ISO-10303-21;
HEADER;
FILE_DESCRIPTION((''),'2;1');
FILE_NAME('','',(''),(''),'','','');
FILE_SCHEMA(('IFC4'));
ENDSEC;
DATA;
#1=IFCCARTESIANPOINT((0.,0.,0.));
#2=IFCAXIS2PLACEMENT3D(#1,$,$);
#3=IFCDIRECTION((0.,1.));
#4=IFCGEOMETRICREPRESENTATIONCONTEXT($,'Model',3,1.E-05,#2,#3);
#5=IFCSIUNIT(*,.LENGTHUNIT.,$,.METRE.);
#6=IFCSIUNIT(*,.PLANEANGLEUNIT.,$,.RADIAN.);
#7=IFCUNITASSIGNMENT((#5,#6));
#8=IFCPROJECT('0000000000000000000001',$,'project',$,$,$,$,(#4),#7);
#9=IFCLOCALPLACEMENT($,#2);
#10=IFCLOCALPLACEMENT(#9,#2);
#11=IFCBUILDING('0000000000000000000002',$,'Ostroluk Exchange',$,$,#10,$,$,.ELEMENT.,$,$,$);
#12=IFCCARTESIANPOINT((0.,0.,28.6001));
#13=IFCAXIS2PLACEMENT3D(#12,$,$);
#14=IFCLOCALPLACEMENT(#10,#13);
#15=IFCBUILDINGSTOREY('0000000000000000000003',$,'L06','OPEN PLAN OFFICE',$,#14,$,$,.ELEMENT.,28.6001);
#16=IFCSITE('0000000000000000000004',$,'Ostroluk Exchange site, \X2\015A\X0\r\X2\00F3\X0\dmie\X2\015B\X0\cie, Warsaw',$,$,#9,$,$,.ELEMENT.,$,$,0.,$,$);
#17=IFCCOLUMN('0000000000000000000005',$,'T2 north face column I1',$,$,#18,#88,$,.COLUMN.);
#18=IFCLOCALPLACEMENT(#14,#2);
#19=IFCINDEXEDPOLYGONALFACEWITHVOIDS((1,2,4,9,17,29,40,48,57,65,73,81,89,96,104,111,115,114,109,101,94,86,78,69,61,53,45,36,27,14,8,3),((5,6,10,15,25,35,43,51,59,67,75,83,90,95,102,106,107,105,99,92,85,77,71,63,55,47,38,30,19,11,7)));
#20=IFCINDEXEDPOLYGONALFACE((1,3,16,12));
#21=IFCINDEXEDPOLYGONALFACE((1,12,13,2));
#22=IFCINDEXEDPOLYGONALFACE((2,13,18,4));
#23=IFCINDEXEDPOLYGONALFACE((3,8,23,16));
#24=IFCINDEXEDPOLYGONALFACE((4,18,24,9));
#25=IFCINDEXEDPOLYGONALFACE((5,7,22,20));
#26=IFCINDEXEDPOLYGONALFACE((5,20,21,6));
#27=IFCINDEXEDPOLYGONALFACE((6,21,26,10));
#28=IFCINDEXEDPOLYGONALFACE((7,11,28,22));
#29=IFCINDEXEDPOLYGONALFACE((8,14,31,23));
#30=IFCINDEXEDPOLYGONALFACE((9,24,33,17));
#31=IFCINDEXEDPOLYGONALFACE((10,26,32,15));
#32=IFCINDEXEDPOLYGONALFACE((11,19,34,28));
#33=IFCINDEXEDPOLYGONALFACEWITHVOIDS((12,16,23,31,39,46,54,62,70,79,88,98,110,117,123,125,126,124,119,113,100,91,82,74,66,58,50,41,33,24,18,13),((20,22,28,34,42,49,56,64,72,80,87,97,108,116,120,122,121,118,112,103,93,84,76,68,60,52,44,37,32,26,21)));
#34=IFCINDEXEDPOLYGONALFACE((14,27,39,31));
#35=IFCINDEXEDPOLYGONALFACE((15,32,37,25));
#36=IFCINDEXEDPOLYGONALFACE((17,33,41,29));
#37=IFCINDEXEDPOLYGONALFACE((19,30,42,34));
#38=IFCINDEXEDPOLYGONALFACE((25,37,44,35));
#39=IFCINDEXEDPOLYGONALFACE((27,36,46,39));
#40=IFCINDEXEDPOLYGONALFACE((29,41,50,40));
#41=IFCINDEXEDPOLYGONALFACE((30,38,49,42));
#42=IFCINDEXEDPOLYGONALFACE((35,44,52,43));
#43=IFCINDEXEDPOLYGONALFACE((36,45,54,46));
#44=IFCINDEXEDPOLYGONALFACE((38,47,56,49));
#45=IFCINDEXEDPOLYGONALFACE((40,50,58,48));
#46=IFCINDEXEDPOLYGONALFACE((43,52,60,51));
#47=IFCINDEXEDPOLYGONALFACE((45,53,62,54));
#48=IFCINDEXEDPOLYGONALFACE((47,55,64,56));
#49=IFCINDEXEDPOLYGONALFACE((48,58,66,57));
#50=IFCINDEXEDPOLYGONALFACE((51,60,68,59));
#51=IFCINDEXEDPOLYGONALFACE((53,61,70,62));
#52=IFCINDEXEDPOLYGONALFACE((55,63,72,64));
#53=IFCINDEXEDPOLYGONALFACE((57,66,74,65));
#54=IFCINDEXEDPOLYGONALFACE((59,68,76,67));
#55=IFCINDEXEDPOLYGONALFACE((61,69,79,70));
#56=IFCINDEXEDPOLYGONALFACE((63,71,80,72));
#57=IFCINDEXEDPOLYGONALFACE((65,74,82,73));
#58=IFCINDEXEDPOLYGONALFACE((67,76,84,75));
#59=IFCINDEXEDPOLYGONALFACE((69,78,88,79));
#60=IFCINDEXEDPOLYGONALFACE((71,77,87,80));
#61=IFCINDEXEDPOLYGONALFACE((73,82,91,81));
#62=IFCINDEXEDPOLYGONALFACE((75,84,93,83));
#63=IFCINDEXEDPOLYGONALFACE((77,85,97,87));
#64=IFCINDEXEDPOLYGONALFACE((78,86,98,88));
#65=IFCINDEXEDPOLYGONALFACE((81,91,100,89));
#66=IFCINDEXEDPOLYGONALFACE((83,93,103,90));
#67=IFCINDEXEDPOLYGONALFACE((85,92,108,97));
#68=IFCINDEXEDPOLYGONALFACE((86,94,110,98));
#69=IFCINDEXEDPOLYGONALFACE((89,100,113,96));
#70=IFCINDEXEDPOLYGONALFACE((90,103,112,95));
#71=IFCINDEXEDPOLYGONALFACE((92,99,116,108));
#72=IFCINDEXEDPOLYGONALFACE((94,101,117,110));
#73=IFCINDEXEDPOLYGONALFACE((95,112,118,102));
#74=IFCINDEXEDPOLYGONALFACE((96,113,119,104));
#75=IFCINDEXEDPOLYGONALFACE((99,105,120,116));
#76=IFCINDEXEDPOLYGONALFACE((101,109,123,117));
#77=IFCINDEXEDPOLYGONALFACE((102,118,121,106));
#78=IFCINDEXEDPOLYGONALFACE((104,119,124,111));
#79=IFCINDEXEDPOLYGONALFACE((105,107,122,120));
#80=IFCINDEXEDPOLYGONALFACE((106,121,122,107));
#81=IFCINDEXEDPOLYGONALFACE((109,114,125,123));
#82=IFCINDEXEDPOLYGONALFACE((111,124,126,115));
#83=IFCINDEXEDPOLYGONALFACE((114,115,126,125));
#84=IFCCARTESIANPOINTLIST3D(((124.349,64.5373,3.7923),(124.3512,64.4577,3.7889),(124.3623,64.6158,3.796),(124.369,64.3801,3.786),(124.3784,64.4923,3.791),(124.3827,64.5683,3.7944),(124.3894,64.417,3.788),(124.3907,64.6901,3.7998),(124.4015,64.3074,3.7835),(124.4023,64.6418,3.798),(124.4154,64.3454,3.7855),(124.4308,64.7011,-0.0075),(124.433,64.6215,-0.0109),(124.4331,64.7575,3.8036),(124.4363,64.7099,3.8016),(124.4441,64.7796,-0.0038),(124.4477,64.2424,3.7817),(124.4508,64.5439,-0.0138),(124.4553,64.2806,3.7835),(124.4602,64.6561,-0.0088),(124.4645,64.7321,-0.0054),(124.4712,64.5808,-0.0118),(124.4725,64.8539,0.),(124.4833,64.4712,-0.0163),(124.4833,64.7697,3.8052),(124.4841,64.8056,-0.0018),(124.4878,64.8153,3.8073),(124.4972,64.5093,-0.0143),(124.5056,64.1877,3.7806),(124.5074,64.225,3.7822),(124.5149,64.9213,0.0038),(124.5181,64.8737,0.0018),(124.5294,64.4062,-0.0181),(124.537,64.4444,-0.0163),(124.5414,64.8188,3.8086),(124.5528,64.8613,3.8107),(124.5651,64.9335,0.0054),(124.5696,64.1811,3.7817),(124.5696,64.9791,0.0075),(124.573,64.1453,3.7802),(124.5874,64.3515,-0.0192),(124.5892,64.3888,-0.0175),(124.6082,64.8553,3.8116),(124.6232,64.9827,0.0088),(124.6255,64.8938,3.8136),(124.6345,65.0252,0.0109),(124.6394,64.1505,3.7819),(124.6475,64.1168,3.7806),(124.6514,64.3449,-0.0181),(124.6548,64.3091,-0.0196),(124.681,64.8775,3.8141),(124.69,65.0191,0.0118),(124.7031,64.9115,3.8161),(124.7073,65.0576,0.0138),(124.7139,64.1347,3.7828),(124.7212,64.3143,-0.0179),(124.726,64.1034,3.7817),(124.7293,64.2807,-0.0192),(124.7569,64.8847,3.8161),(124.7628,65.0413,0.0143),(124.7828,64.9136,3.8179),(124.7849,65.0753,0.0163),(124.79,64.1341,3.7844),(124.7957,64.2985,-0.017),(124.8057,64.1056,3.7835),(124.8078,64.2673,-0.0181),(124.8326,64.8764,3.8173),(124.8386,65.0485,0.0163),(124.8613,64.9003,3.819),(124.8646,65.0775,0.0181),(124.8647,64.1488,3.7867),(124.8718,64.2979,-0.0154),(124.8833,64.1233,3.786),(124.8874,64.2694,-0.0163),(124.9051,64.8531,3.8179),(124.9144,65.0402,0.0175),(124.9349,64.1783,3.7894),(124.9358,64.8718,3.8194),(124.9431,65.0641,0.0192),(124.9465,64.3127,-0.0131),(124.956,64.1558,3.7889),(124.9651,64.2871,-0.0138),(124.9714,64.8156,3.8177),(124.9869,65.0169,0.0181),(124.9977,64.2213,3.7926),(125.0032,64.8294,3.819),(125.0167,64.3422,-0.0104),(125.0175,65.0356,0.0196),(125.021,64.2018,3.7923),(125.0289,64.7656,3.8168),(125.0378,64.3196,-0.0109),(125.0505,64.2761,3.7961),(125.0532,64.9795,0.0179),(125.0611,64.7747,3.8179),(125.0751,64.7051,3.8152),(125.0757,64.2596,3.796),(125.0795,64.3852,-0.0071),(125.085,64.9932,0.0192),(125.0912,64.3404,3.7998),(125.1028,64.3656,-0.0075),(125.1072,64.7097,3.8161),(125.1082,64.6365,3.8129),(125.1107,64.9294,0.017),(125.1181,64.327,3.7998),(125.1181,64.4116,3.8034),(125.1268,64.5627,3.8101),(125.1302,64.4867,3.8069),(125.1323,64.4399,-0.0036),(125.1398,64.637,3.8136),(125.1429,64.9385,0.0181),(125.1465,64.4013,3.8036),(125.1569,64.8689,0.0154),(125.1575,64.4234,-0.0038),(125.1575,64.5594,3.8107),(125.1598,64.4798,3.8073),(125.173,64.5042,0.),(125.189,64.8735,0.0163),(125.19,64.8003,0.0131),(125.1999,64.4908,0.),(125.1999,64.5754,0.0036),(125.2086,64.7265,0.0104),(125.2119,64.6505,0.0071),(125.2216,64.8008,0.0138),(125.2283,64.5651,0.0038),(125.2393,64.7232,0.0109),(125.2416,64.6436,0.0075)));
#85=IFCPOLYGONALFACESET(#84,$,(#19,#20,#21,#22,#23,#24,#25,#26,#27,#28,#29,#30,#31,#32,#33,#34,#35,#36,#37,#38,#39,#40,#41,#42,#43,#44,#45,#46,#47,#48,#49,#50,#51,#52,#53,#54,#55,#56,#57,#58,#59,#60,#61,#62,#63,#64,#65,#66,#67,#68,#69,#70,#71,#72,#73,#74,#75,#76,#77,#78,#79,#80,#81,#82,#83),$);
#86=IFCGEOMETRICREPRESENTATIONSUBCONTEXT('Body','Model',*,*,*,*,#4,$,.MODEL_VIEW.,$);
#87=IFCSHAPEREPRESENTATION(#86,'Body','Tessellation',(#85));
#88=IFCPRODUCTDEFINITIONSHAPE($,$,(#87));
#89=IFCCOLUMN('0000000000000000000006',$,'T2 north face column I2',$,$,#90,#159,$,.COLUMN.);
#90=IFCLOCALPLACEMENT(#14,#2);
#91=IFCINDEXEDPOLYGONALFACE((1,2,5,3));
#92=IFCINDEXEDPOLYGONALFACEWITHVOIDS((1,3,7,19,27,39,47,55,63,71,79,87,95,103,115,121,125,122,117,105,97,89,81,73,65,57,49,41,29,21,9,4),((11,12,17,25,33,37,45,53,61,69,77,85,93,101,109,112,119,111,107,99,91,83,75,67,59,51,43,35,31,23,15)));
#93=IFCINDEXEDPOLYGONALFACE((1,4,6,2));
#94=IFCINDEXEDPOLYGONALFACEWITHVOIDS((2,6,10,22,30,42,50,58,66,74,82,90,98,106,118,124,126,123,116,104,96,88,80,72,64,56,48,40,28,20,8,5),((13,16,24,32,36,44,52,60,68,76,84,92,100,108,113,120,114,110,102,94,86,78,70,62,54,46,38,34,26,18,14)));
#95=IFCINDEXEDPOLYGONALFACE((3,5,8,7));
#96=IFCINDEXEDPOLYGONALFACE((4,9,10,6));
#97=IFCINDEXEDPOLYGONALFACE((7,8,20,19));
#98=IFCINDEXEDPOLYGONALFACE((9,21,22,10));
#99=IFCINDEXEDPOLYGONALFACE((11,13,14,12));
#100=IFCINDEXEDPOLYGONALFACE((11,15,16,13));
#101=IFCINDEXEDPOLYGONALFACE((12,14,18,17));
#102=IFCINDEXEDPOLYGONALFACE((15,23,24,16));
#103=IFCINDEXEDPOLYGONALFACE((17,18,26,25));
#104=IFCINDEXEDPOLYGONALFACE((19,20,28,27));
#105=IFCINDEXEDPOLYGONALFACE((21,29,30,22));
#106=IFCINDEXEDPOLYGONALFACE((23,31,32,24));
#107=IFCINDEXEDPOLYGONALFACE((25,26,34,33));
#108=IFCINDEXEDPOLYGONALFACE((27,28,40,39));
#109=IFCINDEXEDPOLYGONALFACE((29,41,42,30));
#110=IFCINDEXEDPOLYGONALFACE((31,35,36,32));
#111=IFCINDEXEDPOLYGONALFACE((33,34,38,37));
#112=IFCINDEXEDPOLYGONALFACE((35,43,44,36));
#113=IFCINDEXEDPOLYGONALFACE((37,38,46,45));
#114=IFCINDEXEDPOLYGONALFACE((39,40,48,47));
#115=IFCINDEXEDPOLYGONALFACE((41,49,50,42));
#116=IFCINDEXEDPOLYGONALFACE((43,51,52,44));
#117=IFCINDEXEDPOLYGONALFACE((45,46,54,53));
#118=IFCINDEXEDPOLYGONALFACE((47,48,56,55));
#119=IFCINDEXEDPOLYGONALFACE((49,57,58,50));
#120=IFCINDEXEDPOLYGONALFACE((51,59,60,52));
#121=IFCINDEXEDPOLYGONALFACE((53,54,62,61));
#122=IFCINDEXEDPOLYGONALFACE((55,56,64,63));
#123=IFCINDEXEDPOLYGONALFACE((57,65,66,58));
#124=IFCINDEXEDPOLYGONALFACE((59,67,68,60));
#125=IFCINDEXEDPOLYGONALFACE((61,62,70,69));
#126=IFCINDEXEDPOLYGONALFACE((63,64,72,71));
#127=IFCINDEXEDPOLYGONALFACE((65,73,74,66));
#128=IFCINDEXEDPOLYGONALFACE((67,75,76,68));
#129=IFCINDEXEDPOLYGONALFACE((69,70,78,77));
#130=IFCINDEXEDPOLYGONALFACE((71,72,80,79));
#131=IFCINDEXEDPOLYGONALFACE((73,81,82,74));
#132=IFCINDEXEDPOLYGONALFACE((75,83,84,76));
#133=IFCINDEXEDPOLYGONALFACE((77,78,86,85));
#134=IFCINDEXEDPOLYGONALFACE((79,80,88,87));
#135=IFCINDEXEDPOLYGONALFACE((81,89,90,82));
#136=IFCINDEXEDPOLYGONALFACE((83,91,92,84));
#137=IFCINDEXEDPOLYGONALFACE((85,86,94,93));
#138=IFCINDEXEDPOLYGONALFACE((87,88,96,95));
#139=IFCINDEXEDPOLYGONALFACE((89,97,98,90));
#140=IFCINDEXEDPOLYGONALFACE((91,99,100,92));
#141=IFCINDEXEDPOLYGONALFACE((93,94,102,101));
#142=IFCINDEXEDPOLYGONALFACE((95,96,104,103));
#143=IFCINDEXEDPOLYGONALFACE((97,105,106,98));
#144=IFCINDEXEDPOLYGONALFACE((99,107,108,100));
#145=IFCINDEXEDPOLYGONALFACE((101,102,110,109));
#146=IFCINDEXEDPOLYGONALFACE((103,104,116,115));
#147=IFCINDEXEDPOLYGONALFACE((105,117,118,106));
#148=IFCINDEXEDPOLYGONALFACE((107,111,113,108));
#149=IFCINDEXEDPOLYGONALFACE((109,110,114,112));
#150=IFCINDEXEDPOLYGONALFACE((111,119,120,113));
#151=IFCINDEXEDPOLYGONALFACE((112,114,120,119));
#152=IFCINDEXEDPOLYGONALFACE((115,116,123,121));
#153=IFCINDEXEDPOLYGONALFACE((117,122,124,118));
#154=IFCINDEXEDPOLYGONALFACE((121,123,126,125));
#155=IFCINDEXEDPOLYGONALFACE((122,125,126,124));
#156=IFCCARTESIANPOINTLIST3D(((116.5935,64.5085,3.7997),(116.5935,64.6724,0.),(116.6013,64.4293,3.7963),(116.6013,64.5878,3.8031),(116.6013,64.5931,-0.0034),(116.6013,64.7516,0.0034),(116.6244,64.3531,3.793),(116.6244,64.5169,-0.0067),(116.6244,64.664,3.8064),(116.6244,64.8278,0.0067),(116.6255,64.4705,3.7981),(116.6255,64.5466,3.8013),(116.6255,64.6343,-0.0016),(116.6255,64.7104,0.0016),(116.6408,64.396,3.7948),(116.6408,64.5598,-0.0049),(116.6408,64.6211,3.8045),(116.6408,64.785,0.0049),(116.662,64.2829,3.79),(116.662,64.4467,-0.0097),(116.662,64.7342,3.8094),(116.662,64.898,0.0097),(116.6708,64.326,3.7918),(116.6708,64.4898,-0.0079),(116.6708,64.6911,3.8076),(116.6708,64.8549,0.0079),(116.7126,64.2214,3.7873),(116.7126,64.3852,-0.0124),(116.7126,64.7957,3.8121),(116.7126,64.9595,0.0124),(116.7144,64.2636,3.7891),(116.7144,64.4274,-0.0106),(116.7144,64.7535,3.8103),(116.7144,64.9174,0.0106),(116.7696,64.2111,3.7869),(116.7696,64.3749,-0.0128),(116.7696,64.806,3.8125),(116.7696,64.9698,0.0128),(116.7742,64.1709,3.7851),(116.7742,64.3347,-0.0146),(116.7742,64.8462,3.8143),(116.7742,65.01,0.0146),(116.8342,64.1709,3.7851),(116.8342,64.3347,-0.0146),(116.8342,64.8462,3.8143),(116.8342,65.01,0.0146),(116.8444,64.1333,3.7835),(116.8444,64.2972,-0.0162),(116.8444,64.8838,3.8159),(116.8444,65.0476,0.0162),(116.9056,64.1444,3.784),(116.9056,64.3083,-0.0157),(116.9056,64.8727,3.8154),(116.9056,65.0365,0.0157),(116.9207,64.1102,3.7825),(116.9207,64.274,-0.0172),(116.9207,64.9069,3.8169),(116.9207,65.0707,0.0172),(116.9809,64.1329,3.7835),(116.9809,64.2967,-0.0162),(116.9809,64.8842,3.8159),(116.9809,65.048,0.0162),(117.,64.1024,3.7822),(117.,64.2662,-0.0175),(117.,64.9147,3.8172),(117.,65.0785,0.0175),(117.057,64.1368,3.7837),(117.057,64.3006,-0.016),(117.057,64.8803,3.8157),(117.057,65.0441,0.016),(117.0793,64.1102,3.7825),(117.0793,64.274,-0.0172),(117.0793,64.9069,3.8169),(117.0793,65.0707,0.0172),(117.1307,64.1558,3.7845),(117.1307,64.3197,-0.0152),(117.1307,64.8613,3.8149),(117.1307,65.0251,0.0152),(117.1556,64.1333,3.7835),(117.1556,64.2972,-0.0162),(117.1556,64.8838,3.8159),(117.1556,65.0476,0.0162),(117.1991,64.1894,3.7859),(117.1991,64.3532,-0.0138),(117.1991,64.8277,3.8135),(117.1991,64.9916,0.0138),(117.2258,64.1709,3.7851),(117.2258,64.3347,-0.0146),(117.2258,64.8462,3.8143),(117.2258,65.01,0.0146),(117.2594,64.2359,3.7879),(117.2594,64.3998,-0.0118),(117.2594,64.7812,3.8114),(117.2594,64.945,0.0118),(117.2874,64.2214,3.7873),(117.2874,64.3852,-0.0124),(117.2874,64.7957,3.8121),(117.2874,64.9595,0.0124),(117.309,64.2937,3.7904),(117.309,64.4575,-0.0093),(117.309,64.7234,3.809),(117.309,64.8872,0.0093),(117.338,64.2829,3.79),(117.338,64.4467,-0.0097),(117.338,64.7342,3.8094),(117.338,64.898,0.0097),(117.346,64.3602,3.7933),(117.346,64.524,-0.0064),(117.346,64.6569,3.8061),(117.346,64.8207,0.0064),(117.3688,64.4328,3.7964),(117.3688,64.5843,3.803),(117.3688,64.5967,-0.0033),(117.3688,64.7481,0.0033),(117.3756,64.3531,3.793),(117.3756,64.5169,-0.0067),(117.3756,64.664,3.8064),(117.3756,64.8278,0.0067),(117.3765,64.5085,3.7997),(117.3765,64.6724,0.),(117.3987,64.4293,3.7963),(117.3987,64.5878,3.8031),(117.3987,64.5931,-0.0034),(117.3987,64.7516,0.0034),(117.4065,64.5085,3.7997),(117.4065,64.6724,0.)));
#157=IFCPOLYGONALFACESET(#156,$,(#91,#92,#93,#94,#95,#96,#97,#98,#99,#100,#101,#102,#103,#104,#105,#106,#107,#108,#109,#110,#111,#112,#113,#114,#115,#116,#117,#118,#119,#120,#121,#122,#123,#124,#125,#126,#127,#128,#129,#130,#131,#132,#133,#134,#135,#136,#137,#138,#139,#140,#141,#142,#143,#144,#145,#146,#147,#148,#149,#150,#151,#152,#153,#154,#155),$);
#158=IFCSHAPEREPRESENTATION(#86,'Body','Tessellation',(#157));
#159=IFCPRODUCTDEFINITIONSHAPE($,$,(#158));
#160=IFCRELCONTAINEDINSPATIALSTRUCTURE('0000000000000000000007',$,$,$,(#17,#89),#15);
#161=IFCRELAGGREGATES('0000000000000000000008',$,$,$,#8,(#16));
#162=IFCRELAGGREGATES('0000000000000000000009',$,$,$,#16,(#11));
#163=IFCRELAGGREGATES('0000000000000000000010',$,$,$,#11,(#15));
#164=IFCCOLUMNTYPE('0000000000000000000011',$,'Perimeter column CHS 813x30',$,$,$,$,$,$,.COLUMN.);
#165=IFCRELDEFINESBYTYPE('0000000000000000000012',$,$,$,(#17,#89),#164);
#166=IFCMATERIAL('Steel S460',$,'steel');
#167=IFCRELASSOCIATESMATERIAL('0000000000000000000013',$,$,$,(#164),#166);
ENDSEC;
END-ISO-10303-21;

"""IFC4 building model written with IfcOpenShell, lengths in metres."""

from ifc_helpers import new_model, si_unit, direction, frame, origin, origin_2d, place, context, subcontext, project, spatial, hollow_circle, extrude, material, material_profile, profile_set, type_object, element, save


model = new_model("IFC4")

# Units and contexts
model_context = context("Model", 3, precision=1e-05, world=origin(), true_north=direction((0.0, 1.0)))
body_context = subcontext(model_context, "Body", "Model", "MODEL_VIEW")
ifc_project = project(units=[si_unit("LENGTHUNIT", "METRE"), si_unit("PLANEANGLEUNIT", "RADIAN")], contexts=[model_context])

# Site, building, storey
site_placement = place(None, origin())
site = spatial("IfcSite", under=ifc_project, at=site_placement, Name="Ostroluk Exchange site, Śródmieście, Warsaw", CompositionType="ELEMENT", RefElevation=0.0)
building_placement = place(site_placement, origin())
building = spatial("IfcBuilding", under=site, at=building_placement, Name="Ostroluk Exchange", CompositionType="ELEMENT")
storey_placement = place(building_placement, frame((0.0, 0.0, 28.6001)))
storey = spatial("IfcBuildingStorey", under=building, at=storey_placement, Name="L06", Description="OPEN PLAN OFFICE", CompositionType="ELEMENT", Elevation=28.6001)

# Columns
ifc_material_1 = material(Name="Steel S460", Category="steel")
ifc_material_profile_1 = material_profile(ifc_material_1, hollow_circle(Radius=0.4065, WallThickness=0.03, at=origin_2d()), Name="CHS 813x30")
ifc_profile_set_1 = profile_set([ifc_material_profile_1], Name="Steel S460")
column_type = type_object("IfcColumnType", Name="Perimeter column CHS 813x30", PredefinedType="COLUMN", material=ifc_profile_set_1)
column_1_placement = place(storey_placement, frame((124.8362, 64.6724, 0.0), z_axis=(-0.021499, -0.043062, 0.998841), x_axis=(0.894694, -0.44668, 0.0)))
element("IfcColumn", 1, at=column_1_placement, inside=storey, type_object=column_type, Name="T2 north face column I1", PredefinedType="COLUMN", context=body_context, shape_type="SweptSolid", body=[
    extrude(hollow_circle(Radius=0.4065, WallThickness=0.03, at=origin_2d()), origin(), (0.0, 0.0, 1.0), 3.8042),
])
column_2_placement = place(storey_placement, frame((117.0, 64.6724, 0.0), z_axis=(0.0, -0.043072, 0.999072), x_axis=(1.0, 0.0, 0.0)))
element("IfcColumn", 2, at=column_2_placement, inside=storey, type_object=column_type, Name="T2 north face column I2", PredefinedType="COLUMN", context=body_context, shape_type="SweptSolid", body=[
    extrude(hollow_circle(Radius=0.4065, WallThickness=0.03, at=origin_2d()), origin(), (0.0, 0.0, 1.0), 3.8032),
])

save(model, "model.ifc")
